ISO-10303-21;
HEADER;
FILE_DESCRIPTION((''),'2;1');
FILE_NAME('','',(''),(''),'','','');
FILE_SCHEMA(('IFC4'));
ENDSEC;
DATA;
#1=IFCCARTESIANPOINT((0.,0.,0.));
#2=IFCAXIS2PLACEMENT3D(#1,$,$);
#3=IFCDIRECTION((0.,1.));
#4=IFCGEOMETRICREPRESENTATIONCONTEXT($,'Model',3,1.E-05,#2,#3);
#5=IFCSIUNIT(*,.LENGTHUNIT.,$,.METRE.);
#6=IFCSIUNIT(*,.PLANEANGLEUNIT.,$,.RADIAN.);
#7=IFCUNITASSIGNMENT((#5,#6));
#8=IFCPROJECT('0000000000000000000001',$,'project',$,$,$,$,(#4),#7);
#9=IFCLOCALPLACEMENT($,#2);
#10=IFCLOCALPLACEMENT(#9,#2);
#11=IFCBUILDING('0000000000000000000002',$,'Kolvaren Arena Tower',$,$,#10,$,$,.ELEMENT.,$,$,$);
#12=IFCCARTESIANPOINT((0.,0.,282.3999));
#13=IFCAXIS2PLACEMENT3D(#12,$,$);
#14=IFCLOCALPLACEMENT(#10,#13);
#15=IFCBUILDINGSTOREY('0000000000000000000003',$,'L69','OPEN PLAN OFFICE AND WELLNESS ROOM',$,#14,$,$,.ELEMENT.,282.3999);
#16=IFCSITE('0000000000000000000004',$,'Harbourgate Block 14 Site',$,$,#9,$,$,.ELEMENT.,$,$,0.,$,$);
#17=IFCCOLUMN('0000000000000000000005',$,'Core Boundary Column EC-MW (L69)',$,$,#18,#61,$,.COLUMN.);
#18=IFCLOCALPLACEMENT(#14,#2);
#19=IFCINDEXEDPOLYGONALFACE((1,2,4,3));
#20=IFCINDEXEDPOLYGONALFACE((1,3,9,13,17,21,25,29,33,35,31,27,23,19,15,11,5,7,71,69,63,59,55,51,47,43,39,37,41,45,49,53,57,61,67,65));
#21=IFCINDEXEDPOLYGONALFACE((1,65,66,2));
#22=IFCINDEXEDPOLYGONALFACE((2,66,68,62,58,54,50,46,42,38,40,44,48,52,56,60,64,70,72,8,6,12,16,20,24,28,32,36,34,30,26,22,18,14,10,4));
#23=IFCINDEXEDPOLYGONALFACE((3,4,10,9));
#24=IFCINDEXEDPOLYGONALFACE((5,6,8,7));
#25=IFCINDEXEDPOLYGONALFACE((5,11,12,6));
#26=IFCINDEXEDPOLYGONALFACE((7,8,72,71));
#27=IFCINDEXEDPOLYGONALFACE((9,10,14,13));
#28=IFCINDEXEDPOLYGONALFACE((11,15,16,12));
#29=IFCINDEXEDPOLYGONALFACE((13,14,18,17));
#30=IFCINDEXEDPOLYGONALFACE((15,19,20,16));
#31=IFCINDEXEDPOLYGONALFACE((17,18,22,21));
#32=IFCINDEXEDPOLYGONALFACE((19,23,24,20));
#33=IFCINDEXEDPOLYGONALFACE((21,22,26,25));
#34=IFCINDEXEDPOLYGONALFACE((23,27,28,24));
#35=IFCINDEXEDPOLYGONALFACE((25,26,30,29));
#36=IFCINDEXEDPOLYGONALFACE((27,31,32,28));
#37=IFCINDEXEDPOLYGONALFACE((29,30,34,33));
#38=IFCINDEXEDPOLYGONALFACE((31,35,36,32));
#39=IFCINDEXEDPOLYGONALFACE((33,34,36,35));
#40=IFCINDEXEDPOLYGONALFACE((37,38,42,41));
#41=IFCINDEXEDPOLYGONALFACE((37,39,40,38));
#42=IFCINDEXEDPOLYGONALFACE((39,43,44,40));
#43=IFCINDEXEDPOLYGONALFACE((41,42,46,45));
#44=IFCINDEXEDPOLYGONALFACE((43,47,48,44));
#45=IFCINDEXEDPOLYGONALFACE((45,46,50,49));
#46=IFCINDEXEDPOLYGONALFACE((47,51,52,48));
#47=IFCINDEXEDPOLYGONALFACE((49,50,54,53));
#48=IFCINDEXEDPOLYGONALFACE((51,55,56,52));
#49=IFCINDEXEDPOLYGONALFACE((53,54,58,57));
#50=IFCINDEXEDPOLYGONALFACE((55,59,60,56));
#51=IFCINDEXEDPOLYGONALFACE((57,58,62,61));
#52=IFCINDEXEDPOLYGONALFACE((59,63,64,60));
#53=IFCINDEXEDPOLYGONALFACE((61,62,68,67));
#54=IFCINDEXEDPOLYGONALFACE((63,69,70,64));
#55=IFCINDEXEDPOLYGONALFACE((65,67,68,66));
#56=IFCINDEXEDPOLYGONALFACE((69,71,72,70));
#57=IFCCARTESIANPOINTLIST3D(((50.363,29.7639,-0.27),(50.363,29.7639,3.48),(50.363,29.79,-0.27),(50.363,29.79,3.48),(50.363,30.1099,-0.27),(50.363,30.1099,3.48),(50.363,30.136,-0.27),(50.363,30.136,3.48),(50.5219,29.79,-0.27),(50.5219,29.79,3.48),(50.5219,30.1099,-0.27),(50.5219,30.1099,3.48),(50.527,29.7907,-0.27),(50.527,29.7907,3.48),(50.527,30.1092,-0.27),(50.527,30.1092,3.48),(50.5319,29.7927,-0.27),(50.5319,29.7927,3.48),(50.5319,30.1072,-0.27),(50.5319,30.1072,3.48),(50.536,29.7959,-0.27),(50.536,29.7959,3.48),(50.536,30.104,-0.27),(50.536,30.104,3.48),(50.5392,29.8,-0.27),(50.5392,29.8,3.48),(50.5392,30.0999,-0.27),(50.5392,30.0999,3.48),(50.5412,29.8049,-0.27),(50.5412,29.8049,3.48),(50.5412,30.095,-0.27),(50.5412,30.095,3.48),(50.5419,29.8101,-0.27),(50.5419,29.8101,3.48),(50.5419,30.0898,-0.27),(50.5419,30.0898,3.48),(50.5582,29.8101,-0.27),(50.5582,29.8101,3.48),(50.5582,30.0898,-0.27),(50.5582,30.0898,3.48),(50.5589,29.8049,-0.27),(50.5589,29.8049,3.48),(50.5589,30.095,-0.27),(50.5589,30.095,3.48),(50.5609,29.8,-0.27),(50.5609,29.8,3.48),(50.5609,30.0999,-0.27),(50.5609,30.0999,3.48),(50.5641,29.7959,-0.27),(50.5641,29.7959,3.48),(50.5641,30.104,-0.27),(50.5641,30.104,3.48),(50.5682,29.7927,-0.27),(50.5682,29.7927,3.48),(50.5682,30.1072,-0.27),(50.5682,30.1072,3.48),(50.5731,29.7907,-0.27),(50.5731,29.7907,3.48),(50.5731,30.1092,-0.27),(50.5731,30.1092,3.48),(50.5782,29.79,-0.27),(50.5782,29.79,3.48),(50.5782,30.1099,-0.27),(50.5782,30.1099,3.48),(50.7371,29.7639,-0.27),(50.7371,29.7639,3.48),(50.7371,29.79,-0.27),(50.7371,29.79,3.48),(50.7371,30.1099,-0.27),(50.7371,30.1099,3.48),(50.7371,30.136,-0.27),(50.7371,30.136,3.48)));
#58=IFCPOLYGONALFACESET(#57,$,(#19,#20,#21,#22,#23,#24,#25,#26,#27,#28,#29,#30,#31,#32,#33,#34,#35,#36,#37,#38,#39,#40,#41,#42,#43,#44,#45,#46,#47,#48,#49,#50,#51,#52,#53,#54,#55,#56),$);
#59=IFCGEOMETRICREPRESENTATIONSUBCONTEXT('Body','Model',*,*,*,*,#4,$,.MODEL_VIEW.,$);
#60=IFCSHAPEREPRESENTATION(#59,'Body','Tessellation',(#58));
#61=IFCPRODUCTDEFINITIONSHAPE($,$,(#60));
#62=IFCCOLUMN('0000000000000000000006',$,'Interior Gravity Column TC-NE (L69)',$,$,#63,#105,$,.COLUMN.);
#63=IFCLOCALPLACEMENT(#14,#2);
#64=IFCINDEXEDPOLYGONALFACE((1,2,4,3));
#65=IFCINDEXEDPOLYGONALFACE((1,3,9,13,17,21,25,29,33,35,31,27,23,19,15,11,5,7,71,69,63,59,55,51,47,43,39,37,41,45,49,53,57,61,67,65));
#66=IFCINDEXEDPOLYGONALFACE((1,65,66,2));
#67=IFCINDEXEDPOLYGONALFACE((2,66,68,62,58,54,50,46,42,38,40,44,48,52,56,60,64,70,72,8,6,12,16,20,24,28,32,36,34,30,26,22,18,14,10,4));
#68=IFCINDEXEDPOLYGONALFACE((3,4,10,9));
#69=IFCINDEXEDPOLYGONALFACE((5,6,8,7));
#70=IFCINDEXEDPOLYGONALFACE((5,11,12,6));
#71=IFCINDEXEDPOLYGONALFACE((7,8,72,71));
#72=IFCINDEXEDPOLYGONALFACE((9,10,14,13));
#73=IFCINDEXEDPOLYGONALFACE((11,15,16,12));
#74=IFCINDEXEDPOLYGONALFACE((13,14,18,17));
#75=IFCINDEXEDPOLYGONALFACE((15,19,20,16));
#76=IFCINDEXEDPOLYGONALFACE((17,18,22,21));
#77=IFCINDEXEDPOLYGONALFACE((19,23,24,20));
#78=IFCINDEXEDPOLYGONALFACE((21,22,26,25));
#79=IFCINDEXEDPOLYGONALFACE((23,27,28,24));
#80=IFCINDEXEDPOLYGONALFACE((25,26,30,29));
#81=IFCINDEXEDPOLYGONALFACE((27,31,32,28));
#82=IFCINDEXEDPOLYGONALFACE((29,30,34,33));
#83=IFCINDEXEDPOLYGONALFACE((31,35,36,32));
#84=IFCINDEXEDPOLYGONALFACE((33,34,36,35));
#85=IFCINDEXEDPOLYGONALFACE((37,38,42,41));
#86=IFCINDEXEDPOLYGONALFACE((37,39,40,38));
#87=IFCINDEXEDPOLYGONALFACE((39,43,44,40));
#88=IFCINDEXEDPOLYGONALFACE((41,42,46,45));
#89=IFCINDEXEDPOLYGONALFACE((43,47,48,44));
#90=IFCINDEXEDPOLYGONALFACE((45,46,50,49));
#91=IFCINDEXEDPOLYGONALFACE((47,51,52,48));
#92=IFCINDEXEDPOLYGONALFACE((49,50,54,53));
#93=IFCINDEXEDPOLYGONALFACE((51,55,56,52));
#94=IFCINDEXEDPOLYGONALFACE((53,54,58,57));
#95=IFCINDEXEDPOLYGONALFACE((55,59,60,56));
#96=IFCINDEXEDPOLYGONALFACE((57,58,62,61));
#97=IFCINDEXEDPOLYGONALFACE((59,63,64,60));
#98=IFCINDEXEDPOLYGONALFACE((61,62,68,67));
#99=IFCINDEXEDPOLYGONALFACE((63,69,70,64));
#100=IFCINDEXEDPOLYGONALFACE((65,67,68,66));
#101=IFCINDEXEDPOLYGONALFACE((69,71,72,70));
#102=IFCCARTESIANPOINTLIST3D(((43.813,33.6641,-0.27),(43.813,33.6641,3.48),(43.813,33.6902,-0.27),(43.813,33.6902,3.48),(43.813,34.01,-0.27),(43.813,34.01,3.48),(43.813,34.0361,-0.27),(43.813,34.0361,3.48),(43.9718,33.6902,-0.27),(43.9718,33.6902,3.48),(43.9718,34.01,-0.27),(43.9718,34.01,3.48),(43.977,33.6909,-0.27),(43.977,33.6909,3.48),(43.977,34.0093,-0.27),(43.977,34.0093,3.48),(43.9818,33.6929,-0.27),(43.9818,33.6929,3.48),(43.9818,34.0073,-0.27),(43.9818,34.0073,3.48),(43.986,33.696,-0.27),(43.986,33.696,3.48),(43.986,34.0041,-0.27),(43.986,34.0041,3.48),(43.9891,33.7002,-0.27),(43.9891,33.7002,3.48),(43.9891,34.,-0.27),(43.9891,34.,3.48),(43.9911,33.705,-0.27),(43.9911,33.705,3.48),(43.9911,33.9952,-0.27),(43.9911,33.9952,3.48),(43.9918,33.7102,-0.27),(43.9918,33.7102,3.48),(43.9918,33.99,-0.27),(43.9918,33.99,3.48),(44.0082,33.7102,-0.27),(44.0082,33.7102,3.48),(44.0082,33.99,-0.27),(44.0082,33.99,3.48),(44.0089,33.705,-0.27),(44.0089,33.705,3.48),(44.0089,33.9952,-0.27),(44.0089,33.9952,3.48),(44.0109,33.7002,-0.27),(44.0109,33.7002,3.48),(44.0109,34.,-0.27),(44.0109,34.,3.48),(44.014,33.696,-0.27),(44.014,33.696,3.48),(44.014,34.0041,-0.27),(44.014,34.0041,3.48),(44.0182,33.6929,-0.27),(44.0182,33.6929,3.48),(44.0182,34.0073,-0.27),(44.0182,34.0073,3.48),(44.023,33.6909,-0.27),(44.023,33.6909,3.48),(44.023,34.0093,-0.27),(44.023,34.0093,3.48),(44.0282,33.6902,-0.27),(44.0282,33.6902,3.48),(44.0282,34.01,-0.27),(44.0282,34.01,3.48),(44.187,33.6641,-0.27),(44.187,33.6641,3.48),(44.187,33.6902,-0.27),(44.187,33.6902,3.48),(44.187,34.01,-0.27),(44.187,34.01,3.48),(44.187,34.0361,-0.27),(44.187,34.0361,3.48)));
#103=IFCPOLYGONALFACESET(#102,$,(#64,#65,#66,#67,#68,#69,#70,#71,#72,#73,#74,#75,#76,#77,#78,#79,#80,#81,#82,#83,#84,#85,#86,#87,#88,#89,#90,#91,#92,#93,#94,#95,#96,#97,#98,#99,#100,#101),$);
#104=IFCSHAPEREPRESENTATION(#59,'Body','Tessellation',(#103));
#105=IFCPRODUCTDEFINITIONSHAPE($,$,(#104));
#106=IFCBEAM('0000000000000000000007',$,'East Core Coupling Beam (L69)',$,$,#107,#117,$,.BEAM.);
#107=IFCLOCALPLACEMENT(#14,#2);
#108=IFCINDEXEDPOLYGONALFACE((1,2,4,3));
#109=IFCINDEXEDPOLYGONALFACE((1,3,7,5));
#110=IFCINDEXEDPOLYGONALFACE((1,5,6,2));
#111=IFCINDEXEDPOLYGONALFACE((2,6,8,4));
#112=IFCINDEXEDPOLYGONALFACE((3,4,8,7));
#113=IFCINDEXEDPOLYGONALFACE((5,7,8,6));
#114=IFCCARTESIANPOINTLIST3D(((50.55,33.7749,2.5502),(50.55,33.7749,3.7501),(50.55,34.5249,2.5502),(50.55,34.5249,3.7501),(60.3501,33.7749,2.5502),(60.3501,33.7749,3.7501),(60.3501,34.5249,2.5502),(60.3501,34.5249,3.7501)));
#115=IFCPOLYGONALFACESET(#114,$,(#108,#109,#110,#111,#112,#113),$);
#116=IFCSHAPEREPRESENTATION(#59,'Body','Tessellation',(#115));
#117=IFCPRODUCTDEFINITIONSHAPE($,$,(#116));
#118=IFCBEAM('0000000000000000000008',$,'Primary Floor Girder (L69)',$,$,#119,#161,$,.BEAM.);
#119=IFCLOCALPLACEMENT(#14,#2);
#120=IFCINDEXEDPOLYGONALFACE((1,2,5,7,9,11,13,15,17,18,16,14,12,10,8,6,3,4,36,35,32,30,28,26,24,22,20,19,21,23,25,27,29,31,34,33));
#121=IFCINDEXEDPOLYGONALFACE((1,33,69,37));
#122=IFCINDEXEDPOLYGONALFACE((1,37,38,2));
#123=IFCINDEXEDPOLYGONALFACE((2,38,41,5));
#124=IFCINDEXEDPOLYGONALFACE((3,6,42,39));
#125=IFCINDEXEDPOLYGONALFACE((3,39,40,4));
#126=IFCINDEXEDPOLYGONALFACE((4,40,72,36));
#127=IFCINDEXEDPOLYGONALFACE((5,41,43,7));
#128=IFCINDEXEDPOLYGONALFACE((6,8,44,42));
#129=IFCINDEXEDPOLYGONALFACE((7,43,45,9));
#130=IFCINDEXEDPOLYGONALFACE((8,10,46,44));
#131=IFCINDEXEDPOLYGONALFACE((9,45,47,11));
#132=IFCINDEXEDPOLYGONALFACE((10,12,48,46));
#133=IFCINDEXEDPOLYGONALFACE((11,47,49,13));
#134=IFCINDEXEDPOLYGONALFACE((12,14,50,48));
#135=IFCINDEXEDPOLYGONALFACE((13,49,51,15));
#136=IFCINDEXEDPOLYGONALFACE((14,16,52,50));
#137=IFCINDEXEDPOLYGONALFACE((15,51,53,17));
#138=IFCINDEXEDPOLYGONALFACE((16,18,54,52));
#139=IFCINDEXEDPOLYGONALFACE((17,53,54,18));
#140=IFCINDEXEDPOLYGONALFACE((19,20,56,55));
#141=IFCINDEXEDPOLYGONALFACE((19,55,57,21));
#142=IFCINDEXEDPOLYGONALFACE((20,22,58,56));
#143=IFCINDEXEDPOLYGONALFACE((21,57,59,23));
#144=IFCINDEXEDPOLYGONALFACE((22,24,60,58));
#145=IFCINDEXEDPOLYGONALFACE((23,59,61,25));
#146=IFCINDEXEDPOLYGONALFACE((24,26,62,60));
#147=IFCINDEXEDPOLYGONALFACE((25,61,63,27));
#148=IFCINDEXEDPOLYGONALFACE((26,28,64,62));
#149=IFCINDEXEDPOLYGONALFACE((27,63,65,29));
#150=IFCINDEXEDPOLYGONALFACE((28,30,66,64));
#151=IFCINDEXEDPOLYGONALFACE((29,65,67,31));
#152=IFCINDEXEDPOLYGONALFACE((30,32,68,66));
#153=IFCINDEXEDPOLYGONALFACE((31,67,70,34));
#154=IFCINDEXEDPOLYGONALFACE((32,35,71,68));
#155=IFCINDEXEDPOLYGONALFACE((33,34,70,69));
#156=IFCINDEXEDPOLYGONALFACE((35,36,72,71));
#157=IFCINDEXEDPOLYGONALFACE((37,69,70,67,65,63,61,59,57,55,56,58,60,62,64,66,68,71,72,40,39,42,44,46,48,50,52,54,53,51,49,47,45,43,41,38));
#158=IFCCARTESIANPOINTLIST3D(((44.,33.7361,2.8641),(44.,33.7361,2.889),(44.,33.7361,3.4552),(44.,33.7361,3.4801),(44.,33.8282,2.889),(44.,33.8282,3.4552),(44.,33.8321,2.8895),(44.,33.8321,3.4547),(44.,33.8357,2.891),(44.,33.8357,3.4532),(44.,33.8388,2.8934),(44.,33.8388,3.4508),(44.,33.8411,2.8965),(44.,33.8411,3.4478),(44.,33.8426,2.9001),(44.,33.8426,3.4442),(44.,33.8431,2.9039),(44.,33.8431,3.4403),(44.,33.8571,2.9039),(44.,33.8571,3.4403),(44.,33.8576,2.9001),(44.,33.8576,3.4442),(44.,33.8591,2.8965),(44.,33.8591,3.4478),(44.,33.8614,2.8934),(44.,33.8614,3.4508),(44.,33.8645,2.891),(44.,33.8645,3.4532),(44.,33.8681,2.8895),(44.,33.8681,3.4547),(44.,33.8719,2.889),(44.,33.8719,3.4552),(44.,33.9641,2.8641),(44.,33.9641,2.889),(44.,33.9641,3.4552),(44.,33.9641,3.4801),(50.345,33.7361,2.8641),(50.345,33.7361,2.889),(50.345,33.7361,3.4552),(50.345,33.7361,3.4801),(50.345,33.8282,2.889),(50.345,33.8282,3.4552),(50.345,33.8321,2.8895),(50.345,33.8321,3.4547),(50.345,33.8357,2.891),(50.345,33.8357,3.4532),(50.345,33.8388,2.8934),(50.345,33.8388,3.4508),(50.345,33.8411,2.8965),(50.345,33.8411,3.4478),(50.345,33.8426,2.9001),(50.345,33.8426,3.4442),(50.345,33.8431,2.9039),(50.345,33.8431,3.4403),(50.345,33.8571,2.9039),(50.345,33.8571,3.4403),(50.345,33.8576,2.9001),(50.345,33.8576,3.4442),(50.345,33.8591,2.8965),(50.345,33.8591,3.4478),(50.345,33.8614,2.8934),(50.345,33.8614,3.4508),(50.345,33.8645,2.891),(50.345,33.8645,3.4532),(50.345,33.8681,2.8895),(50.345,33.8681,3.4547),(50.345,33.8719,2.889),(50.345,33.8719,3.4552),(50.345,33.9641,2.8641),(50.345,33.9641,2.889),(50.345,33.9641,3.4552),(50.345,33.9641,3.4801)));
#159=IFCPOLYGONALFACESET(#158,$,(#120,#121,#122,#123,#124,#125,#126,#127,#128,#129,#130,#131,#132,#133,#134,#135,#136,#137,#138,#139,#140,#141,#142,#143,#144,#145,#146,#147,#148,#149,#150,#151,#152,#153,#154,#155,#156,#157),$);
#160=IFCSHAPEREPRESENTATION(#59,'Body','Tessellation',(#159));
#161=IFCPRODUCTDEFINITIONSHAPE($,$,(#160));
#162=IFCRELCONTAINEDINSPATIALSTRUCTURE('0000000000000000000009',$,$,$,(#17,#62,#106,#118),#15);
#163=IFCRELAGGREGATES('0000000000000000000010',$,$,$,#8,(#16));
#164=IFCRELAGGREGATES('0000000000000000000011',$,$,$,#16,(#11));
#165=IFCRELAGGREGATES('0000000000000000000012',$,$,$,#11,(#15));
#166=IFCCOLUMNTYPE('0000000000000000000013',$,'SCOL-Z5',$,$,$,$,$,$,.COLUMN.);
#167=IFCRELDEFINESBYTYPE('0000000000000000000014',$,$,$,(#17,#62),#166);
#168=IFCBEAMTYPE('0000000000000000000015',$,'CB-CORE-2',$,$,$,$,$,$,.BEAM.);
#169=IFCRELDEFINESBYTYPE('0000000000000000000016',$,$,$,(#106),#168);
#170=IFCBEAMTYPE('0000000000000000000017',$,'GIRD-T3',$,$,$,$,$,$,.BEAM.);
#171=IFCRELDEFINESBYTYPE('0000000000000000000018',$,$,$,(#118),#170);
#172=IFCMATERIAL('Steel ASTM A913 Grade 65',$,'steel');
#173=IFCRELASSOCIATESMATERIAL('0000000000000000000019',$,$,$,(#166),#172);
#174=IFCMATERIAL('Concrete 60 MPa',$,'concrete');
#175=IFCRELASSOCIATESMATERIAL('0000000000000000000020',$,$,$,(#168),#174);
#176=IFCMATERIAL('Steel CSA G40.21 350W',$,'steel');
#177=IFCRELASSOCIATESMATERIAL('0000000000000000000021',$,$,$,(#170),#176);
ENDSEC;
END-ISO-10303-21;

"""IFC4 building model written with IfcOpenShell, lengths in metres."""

from ifc_helpers import new_model, si_unit, direction, frame, origin, origin_2d, place, context, subcontext, project, spatial, rectangle, i_section, extrude, material, material_profile, profile_set, type_object, element, save


model = new_model("IFC4")

# Units and contexts
model_context = context("Model", 3, precision=1e-05, world=origin(), true_north=direction((0.0, 1.0)))
body_context = subcontext(model_context, "Body", "Model", "MODEL_VIEW")
ifc_project = project(units=[si_unit("LENGTHUNIT", "METRE"), si_unit("PLANEANGLEUNIT", "RADIAN")], contexts=[model_context])

# Site, building, storey
site_placement = place(None, origin())
site = spatial("IfcSite", under=ifc_project, at=site_placement, Name="Harbourgate Block 14 Site", CompositionType="ELEMENT", RefElevation=0.0)
building_placement = place(site_placement, origin())
building = spatial("IfcBuilding", under=site, at=building_placement, Name="Kolvaren Arena Tower", CompositionType="ELEMENT")
storey_placement = place(building_placement, frame((0.0, 0.0, 282.3999)))
storey = spatial("IfcBuildingStorey", under=building, at=storey_placement, Name="L69", Description="OPEN PLAN OFFICE AND WELLNESS ROOM", CompositionType="ELEMENT", Elevation=282.3999)

# Columns
ifc_material_1 = material(Name="Steel ASTM A913 Grade 65", Category="steel")
ifc_material_profile_1 = material_profile(ifc_material_1, i_section(OverallWidth=0.374, OverallDepth=0.3721, WebThickness=0.0164, FlangeThickness=0.0261, FilletRadius=0.02, at=origin_2d()), Name="W360x196")
ifc_profile_set_1 = profile_set([ifc_material_profile_1], Name="Steel ASTM A913 Grade 65")
column_type = type_object("IfcColumnType", Name="SCOL-Z5", PredefinedType="COLUMN", material=ifc_profile_set_1)
for number, where, z_axis, x_axis, name in (
    (1, (50.55, 29.95, -0.27), (0.0, 0.0, 1.0), (1.0, 0.0, 0.0), "Core Boundary Column EC-MW (L69)"),
    (2, (44.0, 33.8501, -0.27), (0.0, 0.0, 1.0), (1.0, 0.0, 0.0), "Interior Gravity Column TC-NE (L69)"),
):
    element("IfcColumn", number, at=place(storey_placement, frame(where, z_axis=z_axis, x_axis=x_axis)), inside=storey, type_object=column_type, Name=name, PredefinedType="COLUMN", context=body_context, shape_type="SweptSolid", body=[
        extrude(i_section(OverallWidth=0.374, OverallDepth=0.3721, WebThickness=0.0164, FlangeThickness=0.0261, FilletRadius=0.02, at=origin_2d()), origin(), (0.0, 0.0, 1.0), 3.75),
    ])

# Beams
ifc_material_2 = material(Name="Concrete 60 MPa", Category="concrete")
ifc_material_profile_2 = material_profile(ifc_material_2, rectangle(XDim=0.75, YDim=1.2, at=origin_2d()), Name="RC-750x1200")
ifc_profile_set_2 = profile_set([ifc_material_profile_2], Name="Concrete 60 MPa")
beam_type_1 = type_object("IfcBeamType", Name="CB-CORE-2", PredefinedType="BEAM", material=ifc_profile_set_2)
beam_1_placement = place(storey_placement, frame((50.55, 34.1499, 3.1501), z_axis=(1.0, 0.0, 0.0), x_axis=(0.0, 1.0, 0.0)))
element("IfcBeam", 3, at=beam_1_placement, inside=storey, type_object=beam_type_1, Name="East Core Coupling Beam (L69)", PredefinedType="BEAM", context=body_context, shape_type="SweptSolid", body=[
    extrude(rectangle(XDim=0.75, YDim=1.2, at=origin_2d()), origin(), (0.0, 0.0, 1.0), 9.8),
])
ifc_material_3 = material(Name="Steel CSA G40.21 350W", Category="steel")
ifc_material_profile_3 = material_profile(ifc_material_3, i_section(OverallWidth=0.228, OverallDepth=0.616, WebThickness=0.0139, FlangeThickness=0.0249, FilletRadius=0.0149, at=origin_2d()), Name="W610x174")
ifc_profile_set_3 = profile_set([ifc_material_profile_3], Name="Steel CSA G40.21 350W")
beam_type_2 = type_object("IfcBeamType", Name="GIRD-T3", PredefinedType="BEAM", material=ifc_profile_set_3)
beam_2_placement = place(storey_placement, frame((44.0, 33.8501, 3.1721), z_axis=(1.0, 0.0, 0.0), x_axis=(0.0, 1.0, 0.0)))
element("IfcBeam", 4, at=beam_2_placement, inside=storey, type_object=beam_type_2, Name="Primary Floor Girder (L69)", PredefinedType="BEAM", context=body_context, shape_type="SweptSolid", body=[
    extrude(i_section(OverallWidth=0.228, OverallDepth=0.616, WebThickness=0.0139, FlangeThickness=0.0249, FilletRadius=0.0149, at=origin_2d()), origin(), (0.0, 0.0, 1.0), 6.345),
])

save(model, "model.ifc")
